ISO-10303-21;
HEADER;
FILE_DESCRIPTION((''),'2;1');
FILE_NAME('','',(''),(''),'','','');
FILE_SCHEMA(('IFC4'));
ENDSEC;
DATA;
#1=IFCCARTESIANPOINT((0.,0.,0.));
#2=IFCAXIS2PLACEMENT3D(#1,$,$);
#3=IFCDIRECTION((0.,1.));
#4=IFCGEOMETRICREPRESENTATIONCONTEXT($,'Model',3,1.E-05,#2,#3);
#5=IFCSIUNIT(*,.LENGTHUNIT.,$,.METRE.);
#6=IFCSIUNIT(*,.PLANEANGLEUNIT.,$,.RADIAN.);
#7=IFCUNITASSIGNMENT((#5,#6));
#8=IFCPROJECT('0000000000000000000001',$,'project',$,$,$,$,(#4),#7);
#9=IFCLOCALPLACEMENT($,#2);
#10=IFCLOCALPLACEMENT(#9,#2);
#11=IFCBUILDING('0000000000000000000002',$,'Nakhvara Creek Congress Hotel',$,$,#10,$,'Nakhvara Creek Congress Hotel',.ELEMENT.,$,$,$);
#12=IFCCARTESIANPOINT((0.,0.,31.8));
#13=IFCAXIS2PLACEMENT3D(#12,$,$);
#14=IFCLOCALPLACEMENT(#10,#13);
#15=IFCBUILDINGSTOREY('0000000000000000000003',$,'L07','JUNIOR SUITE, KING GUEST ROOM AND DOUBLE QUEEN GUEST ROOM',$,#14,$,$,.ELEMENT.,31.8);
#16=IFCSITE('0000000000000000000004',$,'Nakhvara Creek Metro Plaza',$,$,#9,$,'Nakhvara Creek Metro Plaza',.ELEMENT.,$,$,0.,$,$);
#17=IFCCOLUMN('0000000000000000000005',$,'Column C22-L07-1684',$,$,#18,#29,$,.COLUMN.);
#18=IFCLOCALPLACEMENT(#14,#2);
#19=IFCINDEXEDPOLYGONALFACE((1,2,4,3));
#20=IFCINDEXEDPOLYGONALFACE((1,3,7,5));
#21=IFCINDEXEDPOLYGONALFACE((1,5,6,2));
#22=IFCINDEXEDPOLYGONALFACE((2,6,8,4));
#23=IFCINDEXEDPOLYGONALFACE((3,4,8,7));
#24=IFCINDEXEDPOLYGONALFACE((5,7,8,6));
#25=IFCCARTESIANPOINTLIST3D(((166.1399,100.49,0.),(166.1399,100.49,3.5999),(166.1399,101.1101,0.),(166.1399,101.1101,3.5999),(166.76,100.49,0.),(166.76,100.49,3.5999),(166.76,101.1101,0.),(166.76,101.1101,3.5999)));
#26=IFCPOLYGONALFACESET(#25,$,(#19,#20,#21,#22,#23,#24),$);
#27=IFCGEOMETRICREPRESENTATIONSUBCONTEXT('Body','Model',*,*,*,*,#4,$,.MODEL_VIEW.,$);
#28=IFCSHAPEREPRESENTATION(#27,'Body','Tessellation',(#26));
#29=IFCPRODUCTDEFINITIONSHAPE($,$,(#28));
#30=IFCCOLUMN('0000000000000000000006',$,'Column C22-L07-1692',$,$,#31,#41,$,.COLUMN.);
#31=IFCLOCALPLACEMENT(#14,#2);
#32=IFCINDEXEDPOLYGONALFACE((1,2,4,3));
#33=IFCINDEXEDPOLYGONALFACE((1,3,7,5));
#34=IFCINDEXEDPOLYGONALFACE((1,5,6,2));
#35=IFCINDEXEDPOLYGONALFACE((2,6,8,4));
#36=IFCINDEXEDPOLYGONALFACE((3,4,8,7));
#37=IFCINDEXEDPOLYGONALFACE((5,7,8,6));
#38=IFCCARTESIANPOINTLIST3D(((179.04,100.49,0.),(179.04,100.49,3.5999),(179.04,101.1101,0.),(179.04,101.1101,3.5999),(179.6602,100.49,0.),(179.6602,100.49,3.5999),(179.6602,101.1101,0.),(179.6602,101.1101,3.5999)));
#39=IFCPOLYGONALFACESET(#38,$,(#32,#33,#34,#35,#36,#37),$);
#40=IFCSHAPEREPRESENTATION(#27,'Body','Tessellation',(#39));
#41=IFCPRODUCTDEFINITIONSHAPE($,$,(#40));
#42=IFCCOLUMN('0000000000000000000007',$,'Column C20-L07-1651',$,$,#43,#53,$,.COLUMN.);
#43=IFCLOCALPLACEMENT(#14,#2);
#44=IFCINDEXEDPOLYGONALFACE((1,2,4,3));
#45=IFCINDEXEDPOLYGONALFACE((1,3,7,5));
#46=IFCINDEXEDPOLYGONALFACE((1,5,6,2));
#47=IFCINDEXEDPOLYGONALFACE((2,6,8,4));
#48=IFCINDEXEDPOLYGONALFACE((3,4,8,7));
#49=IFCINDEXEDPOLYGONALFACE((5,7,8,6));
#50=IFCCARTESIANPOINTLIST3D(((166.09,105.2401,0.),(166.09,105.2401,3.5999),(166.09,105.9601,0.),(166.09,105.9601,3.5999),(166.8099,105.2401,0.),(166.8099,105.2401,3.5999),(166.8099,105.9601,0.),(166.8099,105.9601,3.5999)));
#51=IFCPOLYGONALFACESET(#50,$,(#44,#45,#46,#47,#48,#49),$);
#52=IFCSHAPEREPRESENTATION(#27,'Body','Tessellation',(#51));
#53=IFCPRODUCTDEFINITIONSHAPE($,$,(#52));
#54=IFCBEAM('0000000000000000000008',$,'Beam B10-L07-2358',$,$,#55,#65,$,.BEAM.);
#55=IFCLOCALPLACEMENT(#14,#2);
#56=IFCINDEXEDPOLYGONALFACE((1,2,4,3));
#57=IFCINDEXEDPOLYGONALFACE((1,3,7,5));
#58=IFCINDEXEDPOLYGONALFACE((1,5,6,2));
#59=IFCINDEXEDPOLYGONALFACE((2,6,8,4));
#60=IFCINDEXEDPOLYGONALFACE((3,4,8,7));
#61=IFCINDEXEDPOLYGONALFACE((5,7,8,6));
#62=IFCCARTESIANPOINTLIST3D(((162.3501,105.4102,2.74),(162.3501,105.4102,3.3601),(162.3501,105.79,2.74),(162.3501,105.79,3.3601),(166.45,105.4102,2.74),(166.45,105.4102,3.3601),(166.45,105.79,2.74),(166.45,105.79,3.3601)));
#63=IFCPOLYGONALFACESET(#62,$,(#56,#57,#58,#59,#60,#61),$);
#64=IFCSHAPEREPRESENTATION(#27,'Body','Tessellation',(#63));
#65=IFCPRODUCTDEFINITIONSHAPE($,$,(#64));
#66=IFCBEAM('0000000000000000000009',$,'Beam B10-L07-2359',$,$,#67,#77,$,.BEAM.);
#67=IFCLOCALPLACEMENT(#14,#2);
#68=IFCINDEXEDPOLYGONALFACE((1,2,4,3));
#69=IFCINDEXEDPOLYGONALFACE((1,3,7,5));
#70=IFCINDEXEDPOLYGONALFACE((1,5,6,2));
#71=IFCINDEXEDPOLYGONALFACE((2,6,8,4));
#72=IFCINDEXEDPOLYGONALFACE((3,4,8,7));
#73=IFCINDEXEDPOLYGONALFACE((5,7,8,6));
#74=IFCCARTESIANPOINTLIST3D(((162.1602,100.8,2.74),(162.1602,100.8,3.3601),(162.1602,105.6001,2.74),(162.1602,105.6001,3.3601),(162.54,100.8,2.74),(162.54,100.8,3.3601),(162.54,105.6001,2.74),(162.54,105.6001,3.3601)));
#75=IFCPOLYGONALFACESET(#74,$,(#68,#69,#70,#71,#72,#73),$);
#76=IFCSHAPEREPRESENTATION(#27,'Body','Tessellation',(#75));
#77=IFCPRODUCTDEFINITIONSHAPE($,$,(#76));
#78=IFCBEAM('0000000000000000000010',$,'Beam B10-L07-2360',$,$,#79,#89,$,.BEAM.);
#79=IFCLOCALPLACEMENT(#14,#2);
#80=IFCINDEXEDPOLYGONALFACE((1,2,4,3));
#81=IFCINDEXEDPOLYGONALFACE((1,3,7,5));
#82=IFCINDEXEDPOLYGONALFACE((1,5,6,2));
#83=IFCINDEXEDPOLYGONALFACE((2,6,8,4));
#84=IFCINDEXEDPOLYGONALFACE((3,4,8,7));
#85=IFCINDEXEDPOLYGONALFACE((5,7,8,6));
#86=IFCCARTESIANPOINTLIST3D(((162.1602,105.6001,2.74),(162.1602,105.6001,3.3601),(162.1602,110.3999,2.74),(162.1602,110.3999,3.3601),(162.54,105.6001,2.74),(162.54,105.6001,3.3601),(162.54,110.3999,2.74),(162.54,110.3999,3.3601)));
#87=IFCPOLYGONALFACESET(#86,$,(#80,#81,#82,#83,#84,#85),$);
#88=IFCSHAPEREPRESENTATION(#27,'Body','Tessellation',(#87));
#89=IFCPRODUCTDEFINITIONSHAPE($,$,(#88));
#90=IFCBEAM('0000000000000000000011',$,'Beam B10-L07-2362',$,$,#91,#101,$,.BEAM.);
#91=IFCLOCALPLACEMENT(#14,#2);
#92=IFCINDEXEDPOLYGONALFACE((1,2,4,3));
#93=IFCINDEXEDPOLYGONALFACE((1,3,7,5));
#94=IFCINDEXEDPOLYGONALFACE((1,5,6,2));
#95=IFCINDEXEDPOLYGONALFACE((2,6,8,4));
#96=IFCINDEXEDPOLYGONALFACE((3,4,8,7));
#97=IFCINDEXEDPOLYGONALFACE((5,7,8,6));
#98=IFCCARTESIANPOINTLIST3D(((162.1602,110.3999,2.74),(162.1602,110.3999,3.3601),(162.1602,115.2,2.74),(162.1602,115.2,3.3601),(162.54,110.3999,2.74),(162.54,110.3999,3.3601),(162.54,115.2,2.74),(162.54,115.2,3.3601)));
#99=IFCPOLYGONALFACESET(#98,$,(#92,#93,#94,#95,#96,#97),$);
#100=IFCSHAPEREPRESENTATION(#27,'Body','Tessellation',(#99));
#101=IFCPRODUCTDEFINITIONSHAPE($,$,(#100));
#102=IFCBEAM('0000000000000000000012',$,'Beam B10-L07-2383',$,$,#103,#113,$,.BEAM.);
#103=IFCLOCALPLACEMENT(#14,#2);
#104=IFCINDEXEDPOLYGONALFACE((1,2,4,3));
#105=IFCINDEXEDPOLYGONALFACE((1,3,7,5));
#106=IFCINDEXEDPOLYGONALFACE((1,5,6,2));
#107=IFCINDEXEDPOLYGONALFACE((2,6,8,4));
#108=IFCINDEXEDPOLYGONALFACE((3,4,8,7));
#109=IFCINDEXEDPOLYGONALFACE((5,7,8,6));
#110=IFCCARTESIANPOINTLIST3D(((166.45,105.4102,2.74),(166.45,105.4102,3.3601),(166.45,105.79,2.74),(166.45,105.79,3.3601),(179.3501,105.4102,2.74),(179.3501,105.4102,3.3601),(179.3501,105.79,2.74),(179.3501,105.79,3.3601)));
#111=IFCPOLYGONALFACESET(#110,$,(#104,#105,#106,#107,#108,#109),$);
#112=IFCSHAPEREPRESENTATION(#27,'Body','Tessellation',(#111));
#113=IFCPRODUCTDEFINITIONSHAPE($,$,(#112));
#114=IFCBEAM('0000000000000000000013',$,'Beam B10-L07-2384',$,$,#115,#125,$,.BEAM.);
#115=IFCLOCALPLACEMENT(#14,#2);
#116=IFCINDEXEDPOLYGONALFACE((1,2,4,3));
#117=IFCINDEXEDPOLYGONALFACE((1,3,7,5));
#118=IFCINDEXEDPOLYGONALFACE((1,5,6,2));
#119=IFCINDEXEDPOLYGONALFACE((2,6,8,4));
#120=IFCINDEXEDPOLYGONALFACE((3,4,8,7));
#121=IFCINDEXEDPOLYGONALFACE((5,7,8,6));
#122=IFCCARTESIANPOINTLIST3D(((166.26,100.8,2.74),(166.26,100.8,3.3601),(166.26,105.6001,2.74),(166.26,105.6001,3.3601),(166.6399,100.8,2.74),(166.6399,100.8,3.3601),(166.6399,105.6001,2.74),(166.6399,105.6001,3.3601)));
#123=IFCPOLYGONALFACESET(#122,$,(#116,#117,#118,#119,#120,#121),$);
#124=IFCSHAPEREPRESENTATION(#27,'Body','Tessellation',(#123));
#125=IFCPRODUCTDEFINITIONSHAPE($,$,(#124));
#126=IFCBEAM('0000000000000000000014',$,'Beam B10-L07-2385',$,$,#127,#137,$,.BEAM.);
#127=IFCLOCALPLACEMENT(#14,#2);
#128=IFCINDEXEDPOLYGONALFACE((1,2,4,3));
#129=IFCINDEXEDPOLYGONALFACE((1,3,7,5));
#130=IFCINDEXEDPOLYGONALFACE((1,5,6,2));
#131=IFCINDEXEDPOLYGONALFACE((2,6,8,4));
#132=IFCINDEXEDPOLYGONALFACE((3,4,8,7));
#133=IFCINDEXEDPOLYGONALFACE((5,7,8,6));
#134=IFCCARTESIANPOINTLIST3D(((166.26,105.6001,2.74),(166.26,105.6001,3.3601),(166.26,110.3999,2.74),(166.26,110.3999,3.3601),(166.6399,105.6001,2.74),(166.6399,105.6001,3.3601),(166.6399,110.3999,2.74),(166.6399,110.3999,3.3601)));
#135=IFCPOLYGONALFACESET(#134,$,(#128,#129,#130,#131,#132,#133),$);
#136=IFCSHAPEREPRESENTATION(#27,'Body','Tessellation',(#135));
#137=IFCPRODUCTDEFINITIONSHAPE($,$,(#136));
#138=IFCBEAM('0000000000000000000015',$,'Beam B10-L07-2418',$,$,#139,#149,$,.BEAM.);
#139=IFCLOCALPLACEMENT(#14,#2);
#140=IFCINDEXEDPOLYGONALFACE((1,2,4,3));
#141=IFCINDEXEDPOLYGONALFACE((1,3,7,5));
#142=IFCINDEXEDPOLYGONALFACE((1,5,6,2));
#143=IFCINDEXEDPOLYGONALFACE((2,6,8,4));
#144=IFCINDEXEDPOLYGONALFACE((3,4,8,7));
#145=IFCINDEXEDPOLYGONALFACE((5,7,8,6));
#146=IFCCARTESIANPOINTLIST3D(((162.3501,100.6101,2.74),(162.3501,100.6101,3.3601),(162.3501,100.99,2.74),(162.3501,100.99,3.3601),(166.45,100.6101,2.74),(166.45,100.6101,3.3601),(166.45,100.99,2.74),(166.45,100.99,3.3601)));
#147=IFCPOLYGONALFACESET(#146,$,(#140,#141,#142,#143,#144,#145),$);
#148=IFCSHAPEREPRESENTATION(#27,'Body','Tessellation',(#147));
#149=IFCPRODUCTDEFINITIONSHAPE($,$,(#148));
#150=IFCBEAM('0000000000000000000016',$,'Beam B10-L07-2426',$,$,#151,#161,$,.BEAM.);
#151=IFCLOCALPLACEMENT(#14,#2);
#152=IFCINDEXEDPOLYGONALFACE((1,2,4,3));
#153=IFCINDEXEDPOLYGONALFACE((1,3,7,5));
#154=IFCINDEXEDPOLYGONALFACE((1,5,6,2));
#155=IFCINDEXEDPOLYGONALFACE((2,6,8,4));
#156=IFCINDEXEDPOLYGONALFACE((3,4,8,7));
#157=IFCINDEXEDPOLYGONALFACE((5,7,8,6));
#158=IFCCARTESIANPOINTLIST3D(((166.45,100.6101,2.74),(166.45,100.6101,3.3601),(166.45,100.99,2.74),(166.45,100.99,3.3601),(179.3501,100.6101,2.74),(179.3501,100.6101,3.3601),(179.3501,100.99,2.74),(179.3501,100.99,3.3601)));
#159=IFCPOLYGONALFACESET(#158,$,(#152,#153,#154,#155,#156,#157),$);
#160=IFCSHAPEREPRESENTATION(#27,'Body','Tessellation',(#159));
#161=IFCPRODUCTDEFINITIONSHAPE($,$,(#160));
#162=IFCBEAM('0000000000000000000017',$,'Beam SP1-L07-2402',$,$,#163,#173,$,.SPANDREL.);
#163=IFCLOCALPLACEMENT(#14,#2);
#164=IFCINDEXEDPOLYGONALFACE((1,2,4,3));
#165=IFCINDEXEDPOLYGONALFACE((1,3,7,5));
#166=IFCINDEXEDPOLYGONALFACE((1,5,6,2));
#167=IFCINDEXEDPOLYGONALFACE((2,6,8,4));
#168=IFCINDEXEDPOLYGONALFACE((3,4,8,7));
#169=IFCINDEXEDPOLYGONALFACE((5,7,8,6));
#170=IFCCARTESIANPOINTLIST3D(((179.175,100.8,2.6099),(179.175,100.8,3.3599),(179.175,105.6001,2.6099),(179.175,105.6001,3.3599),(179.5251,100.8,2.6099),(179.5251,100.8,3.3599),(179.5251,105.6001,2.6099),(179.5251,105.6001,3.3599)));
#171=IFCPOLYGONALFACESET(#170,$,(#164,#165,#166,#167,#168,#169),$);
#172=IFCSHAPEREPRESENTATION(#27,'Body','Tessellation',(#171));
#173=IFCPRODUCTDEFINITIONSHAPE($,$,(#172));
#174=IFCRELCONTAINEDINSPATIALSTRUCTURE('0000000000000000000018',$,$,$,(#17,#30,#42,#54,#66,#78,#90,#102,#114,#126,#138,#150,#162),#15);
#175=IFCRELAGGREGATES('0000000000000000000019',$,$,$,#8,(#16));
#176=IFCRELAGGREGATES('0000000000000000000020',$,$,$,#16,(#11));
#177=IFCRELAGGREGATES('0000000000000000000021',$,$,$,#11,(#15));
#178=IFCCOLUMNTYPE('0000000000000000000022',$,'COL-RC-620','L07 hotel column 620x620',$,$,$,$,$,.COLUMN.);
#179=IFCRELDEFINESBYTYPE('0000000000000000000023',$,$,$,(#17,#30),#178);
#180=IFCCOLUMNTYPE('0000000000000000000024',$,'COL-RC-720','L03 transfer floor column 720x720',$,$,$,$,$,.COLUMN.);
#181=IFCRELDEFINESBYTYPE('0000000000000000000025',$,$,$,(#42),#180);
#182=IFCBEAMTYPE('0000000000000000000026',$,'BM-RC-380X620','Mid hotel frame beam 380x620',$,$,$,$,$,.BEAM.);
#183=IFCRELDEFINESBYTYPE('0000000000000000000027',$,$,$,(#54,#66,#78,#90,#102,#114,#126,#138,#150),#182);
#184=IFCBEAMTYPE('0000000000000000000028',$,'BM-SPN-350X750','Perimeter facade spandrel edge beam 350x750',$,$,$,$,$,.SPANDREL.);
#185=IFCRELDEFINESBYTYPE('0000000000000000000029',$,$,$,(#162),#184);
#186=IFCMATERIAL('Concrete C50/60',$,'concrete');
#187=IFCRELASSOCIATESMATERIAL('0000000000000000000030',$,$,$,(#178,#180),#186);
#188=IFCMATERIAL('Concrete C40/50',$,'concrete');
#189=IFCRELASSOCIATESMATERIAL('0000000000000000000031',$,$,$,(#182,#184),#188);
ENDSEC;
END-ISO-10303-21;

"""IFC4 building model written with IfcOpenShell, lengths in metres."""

from ifc_helpers import new_model, si_unit, direction, frame, origin, origin_2d, place, context, subcontext, project, spatial, rectangle, extrude, material, material_profile, profile_set, type_object, element, save


model = new_model("IFC4")

# Units and contexts
model_context = context("Model", 3, precision=1e-05, world=origin(), true_north=direction((0.0, 1.0)))
body_context = subcontext(model_context, "Body", "Model", "MODEL_VIEW")
ifc_project = project(units=[si_unit("LENGTHUNIT", "METRE"), si_unit("PLANEANGLEUNIT", "RADIAN")], contexts=[model_context])

# Site, building, storey
site_placement = place(None, origin())
site = spatial("IfcSite", under=ifc_project, at=site_placement, Name="Nakhvara Creek Metro Plaza", LongName="Nakhvara Creek Metro Plaza", CompositionType="ELEMENT", RefElevation=0.0)
building_placement = place(site_placement, origin())
building = spatial("IfcBuilding", under=site, at=building_placement, Name="Nakhvara Creek Congress Hotel", LongName="Nakhvara Creek Congress Hotel", CompositionType="ELEMENT")
storey_placement = place(building_placement, frame((0.0, 0.0, 31.8)))
storey = spatial("IfcBuildingStorey", under=building, at=storey_placement, Name="L07", Description="JUNIOR SUITE, KING GUEST ROOM AND DOUBLE QUEEN GUEST ROOM", CompositionType="ELEMENT", Elevation=31.8)

# Columns
ifc_material_1 = material(Name="Concrete C50/60", Category="concrete")
ifc_material_profile_1 = material_profile(ifc_material_1, rectangle(XDim=0.6201, YDim=0.6201, at=origin_2d()), Name="RC-COL 620x620", Category="LoadBearing")
ifc_profile_set_1 = profile_set([ifc_material_profile_1], Name="Concrete C50/60")
column_type_1 = type_object("IfcColumnType", Name="COL-RC-620", Description="L07 hotel column 620x620", PredefinedType="COLUMN", material=ifc_profile_set_1)
for number, where, z_axis, x_axis, name in (
    (1, (166.45, 100.8, 0.0), (0.0, 0.0, 1.0), (1.0, 0.0, 0.0), "Column C22-L07-1684"),
    (2, (179.3501, 100.8, 0.0), (0.0, 0.0, 1.0), (1.0, 0.0, 0.0), "Column C22-L07-1692"),
):
    element("IfcColumn", number, at=place(storey_placement, frame(where, z_axis=z_axis, x_axis=x_axis)), inside=storey, type_object=column_type_1, Name=name, PredefinedType="COLUMN", context=body_context, shape_type="SweptSolid", body=[
        extrude(rectangle(XDim=0.6201, YDim=0.6201, at=origin_2d()), origin(), (0.0, 0.0, 1.0), 3.5999),
    ])
ifc_material_profile_2 = material_profile(ifc_material_1, rectangle(XDim=0.72, YDim=0.72, at=origin_2d()), Name="RC-COL 720x720", Category="LoadBearing")
ifc_profile_set_2 = profile_set([ifc_material_profile_2], Name="Concrete C50/60")
column_type_2 = type_object("IfcColumnType", Name="COL-RC-720", Description="L03 transfer floor column 720x720", PredefinedType="COLUMN", material=ifc_profile_set_2)
column_placement = place(storey_placement, frame((166.45, 105.6001, 0.0), z_axis=(0.0, 0.0, 1.0), x_axis=(1.0, 0.0, 0.0)))
element("IfcColumn", 3, at=column_placement, inside=storey, type_object=column_type_2, Name="Column C20-L07-1651", PredefinedType="COLUMN", context=body_context, shape_type="SweptSolid", body=[
    extrude(rectangle(XDim=0.72, YDim=0.72, at=origin_2d()), origin(), (0.0, 0.0, 1.0), 3.5999),
])

# Beams
ifc_material_2 = material(Name="Concrete C40/50", Category="concrete")
ifc_material_profile_3 = material_profile(ifc_material_2, rectangle(XDim=0.3799, YDim=0.6201, at=origin_2d()), Name="RC-BM 380x620", Category="LoadBearing")
ifc_profile_set_3 = profile_set([ifc_material_profile_3], Name="Concrete C40/50")
beam_type_1 = type_object("IfcBeamType", Name="BM-RC-380X620", Description="Mid hotel frame beam 380x620", PredefinedType="BEAM", material=ifc_profile_set_3)
beam_1_placement = place(storey_placement, frame((162.3501, 105.6001, 3.05), z_axis=(1.0, 0.0, 0.0), x_axis=(0.0, 1.0, 0.0)))
element("IfcBeam", 4, at=beam_1_placement, inside=storey, type_object=beam_type_1, Name="Beam B10-L07-2358", PredefinedType="BEAM", context=body_context, shape_type="SweptSolid", body=[
    extrude(rectangle(XDim=0.3799, YDim=0.6201, at=origin_2d()), origin(), (0.0, 0.0, 1.0), 4.0999),
])
beam_2_placement = place(storey_placement, frame((162.3501, 100.8, 3.05), z_axis=(0.0, 1.0, 0.0), x_axis=(-1.0, 0.0, 0.0)))
element("IfcBeam", 5, at=beam_2_placement, inside=storey, type_object=beam_type_1, Name="Beam B10-L07-2359", PredefinedType="BEAM", context=body_context, shape_type="SweptSolid", body=[
    extrude(rectangle(XDim=0.3799, YDim=0.6201, at=origin_2d()), origin(), (0.0, 0.0, 1.0), 4.8),
])
beam_3_placement = place(storey_placement, frame((162.3501, 105.6001, 3.05), z_axis=(0.0, 1.0, 0.0), x_axis=(-1.0, 0.0, 0.0)))
element("IfcBeam", 6, at=beam_3_placement, inside=storey, type_object=beam_type_1, Name="Beam B10-L07-2360", PredefinedType="BEAM", context=body_context, shape_type="SweptSolid", body=[
    extrude(rectangle(XDim=0.3799, YDim=0.6201, at=origin_2d()), origin(), (0.0, 0.0, 1.0), 4.7998),
])
beam_4_placement = place(storey_placement, frame((162.3501, 110.3999, 3.05), z_axis=(0.0, 1.0, 0.0), x_axis=(-1.0, 0.0, 0.0)))
element("IfcBeam", 7, at=beam_4_placement, inside=storey, type_object=beam_type_1, Name="Beam B10-L07-2362", PredefinedType="BEAM", context=body_context, shape_type="SweptSolid", body=[
    extrude(rectangle(XDim=0.3799, YDim=0.6201, at=origin_2d()), origin(), (0.0, 0.0, 1.0), 4.8),
])
beam_5_placement = place(storey_placement, frame((166.45, 105.6001, 3.05), z_axis=(1.0, 0.0, 0.0), x_axis=(0.0, 1.0, 0.0)))
element("IfcBeam", 8, at=beam_5_placement, inside=storey, type_object=beam_type_1, Name="Beam B10-L07-2383", PredefinedType="BEAM", context=body_context, shape_type="SweptSolid", body=[
    extrude(rectangle(XDim=0.3799, YDim=0.6201, at=origin_2d()), origin(), (0.0, 0.0, 1.0), 12.9001),
])
beam_6_placement = place(storey_placement, frame((166.45, 100.8, 3.05), z_axis=(0.0, 1.0, 0.0), x_axis=(-1.0, 0.0, 0.0)))
element("IfcBeam", 9, at=beam_6_placement, inside=storey, type_object=beam_type_1, Name="Beam B10-L07-2384", PredefinedType="BEAM", context=body_context, shape_type="SweptSolid", body=[
    extrude(rectangle(XDim=0.3799, YDim=0.6201, at=origin_2d()), origin(), (0.0, 0.0, 1.0), 4.8),
])
beam_7_placement = place(storey_placement, frame((166.45, 105.6001, 3.05), z_axis=(0.0, 1.0, 0.0), x_axis=(-1.0, 0.0, 0.0)))
element("IfcBeam", 10, at=beam_7_placement, inside=storey, type_object=beam_type_1, Name="Beam B10-L07-2385", PredefinedType="BEAM", context=body_context, shape_type="SweptSolid", body=[
    extrude(rectangle(XDim=0.3799, YDim=0.6201, at=origin_2d()), origin(), (0.0, 0.0, 1.0), 4.7998),
])
beam_8_placement = place(storey_placement, frame((162.3501, 100.8, 3.05), z_axis=(1.0, 0.0, 0.0), x_axis=(0.0, 1.0, 0.0)))
element("IfcBeam", 11, at=beam_8_placement, inside=storey, type_object=beam_type_1, Name="Beam B10-L07-2418", PredefinedType="BEAM", context=body_context, shape_type="SweptSolid", body=[
    extrude(rectangle(XDim=0.3799, YDim=0.6201, at=origin_2d()), origin(), (0.0, 0.0, 1.0), 4.0999),
])
beam_9_placement = place(storey_placement, frame((166.45, 100.8, 3.05), z_axis=(1.0, 0.0, 0.0), x_axis=(0.0, 1.0, 0.0)))
element("IfcBeam", 12, at=beam_9_placement, inside=storey, type_object=beam_type_1, Name="Beam B10-L07-2426", PredefinedType="BEAM", context=body_context, shape_type="SweptSolid", body=[
    extrude(rectangle(XDim=0.3799, YDim=0.6201, at=origin_2d()), origin(), (0.0, 0.0, 1.0), 12.9001),
])
ifc_material_profile_4 = material_profile(ifc_material_2, rectangle(XDim=0.3501, YDim=0.75, at=origin_2d()), Name="RC-SPANDREL 350x750", Category="LoadBearing")
ifc_profile_set_4 = profile_set([ifc_material_profile_4], Name="Concrete C40/50")
beam_type_2 = type_object("IfcBeamType", Name="BM-SPN-350X750", Description="Perimeter facade spandrel edge beam 350x750", PredefinedType="SPANDREL", material=ifc_profile_set_4)
beam_10_placement = place(storey_placement, frame((179.3501, 100.8, 2.9849), z_axis=(0.0, 1.0, 0.0), x_axis=(-1.0, 0.0, 0.0)))
element("IfcBeam", 13, at=beam_10_placement, inside=storey, type_object=beam_type_2, Name="Beam SP1-L07-2402", PredefinedType="SPANDREL", context=body_context, shape_type="SweptSolid", body=[
    extrude(rectangle(XDim=0.3501, YDim=0.75, at=origin_2d()), origin(), (0.0, 0.0, 1.0), 4.8),
])

save(model, "model.ifc")
